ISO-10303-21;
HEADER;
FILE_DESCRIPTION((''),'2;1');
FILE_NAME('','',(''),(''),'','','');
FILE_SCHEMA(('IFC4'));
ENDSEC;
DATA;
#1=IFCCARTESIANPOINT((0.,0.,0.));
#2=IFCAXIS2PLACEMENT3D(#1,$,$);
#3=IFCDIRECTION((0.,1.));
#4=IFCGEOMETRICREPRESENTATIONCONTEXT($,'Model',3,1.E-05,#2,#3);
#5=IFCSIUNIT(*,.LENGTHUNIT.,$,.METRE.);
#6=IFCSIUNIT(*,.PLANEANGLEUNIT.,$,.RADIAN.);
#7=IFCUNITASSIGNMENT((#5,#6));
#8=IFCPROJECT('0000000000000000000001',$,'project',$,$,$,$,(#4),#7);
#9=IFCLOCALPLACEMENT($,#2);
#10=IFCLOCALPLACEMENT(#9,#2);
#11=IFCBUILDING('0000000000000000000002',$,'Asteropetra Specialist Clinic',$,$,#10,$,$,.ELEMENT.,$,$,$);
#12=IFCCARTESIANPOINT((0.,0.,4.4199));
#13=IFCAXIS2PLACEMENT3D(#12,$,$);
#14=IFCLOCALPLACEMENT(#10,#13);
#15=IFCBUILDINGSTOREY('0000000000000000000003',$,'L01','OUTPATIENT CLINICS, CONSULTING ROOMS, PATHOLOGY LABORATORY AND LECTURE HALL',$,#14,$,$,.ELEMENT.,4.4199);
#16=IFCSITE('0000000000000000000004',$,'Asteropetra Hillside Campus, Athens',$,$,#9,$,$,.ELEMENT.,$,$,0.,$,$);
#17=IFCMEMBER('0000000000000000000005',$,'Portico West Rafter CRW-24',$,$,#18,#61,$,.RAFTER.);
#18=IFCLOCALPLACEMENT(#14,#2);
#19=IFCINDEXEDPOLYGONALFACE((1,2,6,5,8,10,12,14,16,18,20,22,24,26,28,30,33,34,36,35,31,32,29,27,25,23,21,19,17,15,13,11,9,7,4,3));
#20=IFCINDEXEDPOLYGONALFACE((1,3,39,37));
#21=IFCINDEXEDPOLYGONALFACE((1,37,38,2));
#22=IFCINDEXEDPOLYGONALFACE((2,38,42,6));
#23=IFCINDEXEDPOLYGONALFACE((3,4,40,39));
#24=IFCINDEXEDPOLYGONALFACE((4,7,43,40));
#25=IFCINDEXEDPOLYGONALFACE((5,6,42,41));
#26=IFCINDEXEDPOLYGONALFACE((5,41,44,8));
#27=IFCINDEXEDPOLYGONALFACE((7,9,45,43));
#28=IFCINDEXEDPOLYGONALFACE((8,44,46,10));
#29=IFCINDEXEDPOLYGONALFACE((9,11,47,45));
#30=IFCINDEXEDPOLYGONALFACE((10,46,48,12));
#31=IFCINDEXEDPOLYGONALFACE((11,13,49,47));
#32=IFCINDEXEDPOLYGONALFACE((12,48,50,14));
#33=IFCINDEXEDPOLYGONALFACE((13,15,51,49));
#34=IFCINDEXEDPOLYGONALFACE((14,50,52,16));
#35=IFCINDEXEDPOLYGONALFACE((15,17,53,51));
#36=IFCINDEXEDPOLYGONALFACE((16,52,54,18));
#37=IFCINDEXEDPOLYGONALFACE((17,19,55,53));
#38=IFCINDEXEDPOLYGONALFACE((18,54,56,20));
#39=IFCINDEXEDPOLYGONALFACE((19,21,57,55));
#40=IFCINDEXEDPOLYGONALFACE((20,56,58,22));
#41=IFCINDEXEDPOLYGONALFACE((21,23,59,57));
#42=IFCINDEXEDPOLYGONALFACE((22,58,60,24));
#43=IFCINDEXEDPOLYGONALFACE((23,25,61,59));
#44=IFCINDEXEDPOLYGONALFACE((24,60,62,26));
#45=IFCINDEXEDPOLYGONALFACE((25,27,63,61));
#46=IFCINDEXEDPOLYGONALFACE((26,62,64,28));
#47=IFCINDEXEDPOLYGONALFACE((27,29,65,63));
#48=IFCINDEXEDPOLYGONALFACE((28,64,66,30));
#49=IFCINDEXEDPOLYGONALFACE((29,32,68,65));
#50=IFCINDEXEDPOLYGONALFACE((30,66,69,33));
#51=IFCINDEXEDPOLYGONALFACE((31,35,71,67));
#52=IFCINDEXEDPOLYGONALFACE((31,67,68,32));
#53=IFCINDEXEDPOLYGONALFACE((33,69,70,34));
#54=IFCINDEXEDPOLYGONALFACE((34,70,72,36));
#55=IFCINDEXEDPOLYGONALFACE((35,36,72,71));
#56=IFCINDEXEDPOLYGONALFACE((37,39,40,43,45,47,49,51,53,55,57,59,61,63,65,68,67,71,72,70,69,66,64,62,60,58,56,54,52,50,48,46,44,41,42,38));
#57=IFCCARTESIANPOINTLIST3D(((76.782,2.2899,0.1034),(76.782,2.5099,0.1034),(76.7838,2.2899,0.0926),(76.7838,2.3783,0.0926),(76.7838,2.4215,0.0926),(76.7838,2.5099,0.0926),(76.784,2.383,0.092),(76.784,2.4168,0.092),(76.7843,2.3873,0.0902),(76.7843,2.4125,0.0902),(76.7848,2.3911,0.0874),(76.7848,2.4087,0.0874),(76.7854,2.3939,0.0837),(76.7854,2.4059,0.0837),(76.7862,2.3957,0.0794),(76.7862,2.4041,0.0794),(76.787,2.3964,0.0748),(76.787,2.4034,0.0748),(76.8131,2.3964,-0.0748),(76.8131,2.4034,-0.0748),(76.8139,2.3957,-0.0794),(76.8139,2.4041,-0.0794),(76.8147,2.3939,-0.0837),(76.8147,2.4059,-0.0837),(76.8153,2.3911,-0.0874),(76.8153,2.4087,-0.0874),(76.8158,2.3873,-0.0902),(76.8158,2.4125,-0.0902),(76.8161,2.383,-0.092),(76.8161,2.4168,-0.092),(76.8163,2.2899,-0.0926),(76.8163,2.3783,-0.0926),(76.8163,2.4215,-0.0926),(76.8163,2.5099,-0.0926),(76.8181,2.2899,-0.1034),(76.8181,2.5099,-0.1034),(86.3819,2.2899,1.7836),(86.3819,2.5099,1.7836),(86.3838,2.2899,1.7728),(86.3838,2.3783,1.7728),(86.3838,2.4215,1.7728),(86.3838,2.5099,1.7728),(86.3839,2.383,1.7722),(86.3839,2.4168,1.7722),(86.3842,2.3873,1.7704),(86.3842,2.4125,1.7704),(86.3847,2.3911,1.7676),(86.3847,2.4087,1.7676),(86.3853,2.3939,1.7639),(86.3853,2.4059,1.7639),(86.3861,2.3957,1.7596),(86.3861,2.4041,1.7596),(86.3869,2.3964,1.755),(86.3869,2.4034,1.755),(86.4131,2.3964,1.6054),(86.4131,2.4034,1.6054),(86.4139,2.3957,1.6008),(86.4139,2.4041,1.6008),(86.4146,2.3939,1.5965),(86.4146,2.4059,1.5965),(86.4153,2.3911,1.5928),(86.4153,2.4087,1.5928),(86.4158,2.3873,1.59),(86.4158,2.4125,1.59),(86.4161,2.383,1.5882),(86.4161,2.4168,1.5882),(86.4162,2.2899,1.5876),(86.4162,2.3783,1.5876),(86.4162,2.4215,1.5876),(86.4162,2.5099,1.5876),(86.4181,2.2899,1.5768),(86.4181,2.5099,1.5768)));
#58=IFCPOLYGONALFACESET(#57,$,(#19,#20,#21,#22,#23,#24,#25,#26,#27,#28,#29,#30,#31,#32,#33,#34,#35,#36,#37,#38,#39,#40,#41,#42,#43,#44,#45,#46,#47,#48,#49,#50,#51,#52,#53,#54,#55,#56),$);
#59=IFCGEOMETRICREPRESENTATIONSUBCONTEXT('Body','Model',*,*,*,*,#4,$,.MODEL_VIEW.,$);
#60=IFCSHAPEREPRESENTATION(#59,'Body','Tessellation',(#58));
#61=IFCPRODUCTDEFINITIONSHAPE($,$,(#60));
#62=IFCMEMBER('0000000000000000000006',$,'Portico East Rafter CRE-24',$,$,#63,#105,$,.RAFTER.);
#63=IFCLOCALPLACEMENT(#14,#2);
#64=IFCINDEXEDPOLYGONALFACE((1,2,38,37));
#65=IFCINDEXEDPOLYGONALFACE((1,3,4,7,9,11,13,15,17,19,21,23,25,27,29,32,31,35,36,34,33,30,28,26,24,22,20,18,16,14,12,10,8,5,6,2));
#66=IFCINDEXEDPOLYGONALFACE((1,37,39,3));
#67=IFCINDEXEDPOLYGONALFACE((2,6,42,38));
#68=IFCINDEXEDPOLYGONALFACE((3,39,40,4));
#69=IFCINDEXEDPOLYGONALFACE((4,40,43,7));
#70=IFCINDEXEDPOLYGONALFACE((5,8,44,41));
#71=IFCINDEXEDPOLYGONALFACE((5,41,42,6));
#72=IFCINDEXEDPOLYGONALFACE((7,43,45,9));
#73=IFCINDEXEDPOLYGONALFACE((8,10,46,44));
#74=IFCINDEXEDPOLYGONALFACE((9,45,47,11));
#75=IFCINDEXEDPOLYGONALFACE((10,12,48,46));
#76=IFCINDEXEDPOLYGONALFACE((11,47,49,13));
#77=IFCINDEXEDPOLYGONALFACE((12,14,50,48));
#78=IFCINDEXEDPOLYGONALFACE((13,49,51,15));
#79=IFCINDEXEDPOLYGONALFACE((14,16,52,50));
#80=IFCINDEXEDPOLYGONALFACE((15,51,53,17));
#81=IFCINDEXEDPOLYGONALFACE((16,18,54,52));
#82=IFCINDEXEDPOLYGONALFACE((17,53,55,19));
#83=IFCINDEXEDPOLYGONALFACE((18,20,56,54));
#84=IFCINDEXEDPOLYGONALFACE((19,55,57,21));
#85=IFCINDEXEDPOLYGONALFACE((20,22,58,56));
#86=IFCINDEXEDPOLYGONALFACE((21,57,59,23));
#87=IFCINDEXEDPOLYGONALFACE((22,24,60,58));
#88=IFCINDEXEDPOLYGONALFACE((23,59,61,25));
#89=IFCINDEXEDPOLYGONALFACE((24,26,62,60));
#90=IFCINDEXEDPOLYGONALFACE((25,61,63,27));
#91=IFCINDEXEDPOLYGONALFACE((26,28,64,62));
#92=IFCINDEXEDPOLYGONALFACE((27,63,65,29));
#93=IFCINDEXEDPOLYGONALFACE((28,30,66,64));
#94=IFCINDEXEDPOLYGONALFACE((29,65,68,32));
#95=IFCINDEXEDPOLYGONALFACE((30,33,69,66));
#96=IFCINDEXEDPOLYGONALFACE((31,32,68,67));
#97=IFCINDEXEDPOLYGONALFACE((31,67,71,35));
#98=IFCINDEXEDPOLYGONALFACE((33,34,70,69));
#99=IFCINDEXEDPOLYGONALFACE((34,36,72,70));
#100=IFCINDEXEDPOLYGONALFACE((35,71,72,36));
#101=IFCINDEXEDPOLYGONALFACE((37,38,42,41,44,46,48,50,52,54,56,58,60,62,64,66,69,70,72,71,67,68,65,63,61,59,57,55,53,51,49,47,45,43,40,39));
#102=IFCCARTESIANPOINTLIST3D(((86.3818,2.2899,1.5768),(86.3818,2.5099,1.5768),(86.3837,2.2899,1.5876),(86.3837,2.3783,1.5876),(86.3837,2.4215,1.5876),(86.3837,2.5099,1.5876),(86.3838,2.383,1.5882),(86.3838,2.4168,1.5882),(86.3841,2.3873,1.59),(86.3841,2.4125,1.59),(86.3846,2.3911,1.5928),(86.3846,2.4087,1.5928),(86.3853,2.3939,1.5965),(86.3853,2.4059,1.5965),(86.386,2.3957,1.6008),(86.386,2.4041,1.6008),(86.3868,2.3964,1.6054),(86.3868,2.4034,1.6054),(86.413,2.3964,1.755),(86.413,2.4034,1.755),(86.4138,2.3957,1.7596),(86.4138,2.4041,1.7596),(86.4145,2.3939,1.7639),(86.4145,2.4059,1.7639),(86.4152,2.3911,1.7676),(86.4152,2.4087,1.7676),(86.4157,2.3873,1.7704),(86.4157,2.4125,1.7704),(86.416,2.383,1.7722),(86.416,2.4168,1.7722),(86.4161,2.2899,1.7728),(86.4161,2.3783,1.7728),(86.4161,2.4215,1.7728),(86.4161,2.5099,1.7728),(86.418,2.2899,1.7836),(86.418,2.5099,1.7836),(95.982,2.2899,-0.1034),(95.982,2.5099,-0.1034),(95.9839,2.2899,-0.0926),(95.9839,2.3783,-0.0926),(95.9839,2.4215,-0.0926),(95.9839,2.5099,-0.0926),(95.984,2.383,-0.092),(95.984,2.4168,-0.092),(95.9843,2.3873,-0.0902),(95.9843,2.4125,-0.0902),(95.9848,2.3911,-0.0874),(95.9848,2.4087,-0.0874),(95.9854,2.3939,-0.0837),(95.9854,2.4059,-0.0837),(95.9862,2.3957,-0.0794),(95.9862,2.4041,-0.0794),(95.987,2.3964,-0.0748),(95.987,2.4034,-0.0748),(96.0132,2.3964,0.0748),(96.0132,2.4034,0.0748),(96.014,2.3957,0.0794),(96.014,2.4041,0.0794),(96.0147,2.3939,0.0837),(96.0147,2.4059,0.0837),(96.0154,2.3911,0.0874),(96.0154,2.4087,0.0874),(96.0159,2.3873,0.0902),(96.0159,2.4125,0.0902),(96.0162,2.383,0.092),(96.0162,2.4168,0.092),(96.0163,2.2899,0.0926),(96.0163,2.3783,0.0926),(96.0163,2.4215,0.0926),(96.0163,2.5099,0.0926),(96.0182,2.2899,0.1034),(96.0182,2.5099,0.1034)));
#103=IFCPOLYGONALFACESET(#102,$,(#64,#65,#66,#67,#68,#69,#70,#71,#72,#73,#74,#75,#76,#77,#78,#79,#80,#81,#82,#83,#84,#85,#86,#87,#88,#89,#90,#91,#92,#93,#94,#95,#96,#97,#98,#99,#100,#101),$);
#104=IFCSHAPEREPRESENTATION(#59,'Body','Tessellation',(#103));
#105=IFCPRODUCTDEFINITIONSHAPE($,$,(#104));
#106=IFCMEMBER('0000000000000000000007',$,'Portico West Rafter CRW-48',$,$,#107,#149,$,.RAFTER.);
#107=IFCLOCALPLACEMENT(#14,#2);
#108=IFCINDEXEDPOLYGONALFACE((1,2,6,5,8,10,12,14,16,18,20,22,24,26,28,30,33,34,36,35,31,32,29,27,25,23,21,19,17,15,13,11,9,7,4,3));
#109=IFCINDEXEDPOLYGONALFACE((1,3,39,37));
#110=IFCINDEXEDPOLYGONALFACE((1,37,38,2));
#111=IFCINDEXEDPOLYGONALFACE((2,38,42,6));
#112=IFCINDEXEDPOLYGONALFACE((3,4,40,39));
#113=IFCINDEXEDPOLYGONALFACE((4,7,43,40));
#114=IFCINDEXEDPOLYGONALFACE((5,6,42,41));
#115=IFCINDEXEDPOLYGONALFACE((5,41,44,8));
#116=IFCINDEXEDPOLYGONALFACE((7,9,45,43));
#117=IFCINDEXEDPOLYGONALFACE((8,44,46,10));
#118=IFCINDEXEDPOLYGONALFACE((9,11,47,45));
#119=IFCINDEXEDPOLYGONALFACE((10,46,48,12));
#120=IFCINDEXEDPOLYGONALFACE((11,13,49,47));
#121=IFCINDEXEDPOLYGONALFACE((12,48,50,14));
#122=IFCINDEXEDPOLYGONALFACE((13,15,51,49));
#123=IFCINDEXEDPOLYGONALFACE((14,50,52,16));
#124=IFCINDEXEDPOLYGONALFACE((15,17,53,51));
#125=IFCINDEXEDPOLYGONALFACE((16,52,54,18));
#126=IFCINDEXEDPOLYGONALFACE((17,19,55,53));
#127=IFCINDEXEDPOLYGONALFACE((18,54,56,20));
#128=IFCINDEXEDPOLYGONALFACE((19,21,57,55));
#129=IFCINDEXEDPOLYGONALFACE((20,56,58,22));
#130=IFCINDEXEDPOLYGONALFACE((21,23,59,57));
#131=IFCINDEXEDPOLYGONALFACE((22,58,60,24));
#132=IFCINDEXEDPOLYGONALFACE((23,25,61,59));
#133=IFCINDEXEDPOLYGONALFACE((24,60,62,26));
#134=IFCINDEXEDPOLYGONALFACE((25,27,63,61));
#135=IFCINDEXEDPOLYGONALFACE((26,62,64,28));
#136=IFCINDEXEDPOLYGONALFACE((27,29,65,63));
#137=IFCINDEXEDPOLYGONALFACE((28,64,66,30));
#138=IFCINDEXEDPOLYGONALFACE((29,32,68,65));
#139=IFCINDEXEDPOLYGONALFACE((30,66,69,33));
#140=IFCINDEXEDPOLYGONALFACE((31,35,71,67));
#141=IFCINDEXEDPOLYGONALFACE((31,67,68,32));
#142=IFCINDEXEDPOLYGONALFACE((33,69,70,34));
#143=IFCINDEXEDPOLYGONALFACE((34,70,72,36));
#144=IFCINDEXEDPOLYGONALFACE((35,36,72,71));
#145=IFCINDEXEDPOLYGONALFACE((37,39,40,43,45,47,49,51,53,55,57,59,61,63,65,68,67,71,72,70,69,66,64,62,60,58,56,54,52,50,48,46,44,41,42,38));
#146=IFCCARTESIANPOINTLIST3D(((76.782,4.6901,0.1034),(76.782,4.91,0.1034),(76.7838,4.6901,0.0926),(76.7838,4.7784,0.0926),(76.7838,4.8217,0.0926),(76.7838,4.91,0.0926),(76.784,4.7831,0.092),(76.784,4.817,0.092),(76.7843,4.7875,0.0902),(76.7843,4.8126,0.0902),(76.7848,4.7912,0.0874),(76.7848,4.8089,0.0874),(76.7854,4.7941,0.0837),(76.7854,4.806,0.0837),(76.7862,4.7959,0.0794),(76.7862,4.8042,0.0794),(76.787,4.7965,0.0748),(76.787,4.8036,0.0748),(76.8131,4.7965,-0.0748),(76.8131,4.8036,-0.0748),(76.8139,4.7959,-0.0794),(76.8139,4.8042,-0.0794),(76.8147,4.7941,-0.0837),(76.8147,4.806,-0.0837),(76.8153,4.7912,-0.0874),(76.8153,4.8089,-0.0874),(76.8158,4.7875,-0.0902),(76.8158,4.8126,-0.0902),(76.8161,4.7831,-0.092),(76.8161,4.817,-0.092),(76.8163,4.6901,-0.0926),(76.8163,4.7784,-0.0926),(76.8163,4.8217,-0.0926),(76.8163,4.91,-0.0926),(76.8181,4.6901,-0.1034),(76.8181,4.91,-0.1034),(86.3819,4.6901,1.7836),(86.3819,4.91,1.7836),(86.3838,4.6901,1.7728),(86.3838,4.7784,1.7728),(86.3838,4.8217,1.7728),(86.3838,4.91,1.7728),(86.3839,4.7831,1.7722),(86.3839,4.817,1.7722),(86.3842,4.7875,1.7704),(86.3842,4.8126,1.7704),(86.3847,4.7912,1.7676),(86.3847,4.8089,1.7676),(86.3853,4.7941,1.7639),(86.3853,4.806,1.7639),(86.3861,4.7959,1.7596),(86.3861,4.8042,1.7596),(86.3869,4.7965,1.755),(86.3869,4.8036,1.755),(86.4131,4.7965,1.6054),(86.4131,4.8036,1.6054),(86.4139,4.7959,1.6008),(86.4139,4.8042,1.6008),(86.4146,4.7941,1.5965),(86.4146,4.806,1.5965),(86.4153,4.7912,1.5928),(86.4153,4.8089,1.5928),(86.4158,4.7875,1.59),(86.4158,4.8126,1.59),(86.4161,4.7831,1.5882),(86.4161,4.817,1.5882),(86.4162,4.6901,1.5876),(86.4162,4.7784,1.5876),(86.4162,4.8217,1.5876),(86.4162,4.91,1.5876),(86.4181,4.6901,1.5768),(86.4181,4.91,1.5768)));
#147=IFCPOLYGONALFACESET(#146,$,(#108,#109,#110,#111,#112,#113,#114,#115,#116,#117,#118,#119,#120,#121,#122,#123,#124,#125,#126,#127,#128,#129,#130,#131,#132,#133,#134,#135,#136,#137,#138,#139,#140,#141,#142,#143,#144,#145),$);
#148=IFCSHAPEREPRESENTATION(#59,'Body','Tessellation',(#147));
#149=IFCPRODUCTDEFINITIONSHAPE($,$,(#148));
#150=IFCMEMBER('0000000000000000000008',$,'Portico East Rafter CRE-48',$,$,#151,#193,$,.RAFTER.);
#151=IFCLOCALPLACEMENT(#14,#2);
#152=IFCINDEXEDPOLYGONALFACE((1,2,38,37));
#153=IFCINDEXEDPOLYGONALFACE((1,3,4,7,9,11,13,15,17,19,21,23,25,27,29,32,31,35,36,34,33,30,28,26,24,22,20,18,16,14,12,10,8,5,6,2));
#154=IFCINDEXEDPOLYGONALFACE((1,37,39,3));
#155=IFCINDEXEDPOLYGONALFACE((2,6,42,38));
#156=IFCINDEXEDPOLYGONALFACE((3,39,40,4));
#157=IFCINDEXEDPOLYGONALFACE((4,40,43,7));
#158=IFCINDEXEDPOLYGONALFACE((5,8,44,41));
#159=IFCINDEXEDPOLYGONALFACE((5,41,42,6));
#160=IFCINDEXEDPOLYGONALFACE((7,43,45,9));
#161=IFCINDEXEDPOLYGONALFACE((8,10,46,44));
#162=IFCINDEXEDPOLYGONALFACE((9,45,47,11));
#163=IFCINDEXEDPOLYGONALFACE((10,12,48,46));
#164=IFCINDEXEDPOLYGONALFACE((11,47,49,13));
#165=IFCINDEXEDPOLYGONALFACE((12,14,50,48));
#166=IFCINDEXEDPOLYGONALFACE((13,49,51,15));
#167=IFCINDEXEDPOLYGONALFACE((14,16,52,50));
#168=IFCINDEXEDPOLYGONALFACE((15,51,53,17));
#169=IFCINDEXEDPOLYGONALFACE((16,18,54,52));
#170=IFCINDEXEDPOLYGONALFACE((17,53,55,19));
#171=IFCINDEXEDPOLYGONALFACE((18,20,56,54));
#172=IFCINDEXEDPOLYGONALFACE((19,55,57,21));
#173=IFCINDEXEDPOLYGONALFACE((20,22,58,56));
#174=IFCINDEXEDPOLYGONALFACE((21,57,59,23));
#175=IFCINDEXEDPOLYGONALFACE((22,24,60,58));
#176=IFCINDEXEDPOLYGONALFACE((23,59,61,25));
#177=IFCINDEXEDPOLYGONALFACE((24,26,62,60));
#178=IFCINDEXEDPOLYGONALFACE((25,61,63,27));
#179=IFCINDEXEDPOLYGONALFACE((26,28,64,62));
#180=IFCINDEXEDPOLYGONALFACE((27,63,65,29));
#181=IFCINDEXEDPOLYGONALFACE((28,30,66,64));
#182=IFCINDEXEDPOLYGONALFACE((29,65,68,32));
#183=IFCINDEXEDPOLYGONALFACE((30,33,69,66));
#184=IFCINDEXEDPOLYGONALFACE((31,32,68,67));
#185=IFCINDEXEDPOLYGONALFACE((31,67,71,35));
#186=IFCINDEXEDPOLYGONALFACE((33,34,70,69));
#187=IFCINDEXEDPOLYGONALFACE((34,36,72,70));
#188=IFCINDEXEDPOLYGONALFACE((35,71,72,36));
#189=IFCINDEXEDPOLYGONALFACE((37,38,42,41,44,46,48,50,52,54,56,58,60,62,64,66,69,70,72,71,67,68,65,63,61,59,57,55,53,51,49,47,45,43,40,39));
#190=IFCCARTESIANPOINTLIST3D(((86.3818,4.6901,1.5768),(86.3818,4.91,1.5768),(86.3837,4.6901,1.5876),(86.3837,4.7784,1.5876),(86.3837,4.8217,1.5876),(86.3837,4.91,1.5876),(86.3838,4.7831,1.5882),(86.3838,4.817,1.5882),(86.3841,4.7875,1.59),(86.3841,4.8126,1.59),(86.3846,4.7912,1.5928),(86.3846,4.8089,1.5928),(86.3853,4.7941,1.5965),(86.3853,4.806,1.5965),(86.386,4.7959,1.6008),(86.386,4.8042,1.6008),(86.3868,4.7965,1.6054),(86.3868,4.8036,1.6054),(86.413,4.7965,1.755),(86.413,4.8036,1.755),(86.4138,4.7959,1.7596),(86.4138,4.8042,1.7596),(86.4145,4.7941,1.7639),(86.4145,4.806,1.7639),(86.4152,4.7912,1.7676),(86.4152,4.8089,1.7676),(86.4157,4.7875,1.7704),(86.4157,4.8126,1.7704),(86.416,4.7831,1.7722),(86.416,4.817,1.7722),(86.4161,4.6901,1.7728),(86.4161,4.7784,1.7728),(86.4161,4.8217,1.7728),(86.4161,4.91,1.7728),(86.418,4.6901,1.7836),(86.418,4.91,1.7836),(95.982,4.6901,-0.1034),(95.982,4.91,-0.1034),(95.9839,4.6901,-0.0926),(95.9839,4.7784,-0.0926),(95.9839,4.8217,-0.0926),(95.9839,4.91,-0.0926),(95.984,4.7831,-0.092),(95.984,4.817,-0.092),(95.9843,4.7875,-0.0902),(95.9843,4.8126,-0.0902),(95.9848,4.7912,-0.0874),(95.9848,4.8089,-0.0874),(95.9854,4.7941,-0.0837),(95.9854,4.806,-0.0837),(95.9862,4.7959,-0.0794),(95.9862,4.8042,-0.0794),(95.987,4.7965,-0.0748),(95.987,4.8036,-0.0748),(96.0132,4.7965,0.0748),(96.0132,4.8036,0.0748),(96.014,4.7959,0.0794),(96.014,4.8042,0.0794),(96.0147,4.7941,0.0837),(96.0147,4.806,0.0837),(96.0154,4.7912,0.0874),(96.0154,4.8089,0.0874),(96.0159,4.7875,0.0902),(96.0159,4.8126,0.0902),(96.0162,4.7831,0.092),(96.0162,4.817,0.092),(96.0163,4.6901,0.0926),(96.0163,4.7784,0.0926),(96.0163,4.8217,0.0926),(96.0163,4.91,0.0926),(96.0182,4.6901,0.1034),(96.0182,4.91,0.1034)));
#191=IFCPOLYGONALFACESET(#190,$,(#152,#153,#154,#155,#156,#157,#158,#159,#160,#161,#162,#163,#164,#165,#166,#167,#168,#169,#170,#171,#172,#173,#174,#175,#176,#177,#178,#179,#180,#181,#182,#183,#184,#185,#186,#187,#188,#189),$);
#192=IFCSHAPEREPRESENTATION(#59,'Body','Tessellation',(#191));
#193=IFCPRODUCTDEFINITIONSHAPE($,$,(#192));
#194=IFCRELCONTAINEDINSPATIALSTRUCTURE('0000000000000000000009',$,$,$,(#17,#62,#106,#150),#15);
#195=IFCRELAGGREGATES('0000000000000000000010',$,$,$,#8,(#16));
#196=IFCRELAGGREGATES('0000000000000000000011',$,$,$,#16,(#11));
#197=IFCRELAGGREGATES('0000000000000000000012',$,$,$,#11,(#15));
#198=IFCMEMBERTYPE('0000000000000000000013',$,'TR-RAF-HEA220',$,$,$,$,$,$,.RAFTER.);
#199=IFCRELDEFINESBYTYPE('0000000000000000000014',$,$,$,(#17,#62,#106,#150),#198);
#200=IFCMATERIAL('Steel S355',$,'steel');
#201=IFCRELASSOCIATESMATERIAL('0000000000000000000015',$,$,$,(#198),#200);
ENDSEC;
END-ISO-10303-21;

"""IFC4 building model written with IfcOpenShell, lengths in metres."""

from ifc_helpers import new_model, si_unit, direction, frame, origin, origin_2d, place, context, subcontext, project, spatial, i_section, extrude, material, material_profile, profile_set, type_object, element, save


model = new_model("IFC4")

# Units and contexts
model_context = context("Model", 3, precision=1e-05, world=origin(), true_north=direction((0.0, 1.0)))
body_context = subcontext(model_context, "Body", "Model", "MODEL_VIEW")
ifc_project = project(units=[si_unit("LENGTHUNIT", "METRE"), si_unit("PLANEANGLEUNIT", "RADIAN")], contexts=[model_context])

# Site, building, storey
site_placement = place(None, origin())
site = spatial("IfcSite", under=ifc_project, at=site_placement, Name="Asteropetra Hillside Campus, Athens", CompositionType="ELEMENT", RefElevation=0.0)
building_placement = place(site_placement, origin())
building = spatial("IfcBuilding", under=site, at=building_placement, Name="Asteropetra Specialist Clinic", CompositionType="ELEMENT")
storey_placement = place(building_placement, frame((0.0, 0.0, 4.4199)))
storey = spatial("IfcBuildingStorey", under=building, at=storey_placement, Name="L01", Description="OUTPATIENT CLINICS, CONSULTING ROOMS, PATHOLOGY LABORATORY AND LECTURE HALL", CompositionType="ELEMENT", Elevation=4.4199)

# Members
ifc_material_1 = material(Name="Steel S355", Category="steel")
ifc_material_profile_1 = material_profile(ifc_material_1, i_section(OverallWidth=0.22, OverallDepth=0.21, WebThickness=0.0071, FlangeThickness=0.011, FilletRadius=0.0181, at=origin_2d()), Name="HEA 220")
ifc_profile_set_1 = profile_set([ifc_material_profile_1], Name="Steel S355")
member_type = type_object("IfcMemberType", Name="TR-RAF-HEA220", PredefinedType="RAFTER", material=ifc_profile_set_1)
member_1_placement = place(storey_placement, frame((76.8, 2.3999, 0.0), z_axis=(0.985027, 0.0, 0.1724), x_axis=(0.0, 1.0, 0.0)))
element("IfcMember", 1, at=member_1_placement, inside=storey, type_object=member_type, Name="Portico West Rafter CRW-24", PredefinedType="RAFTER", context=body_context, shape_type="SweptSolid", body=[
    extrude(i_section(OverallWidth=0.22, OverallDepth=0.21, WebThickness=0.0071, FlangeThickness=0.011, FilletRadius=0.0181, at=origin_2d()), origin(), (0.0, 0.0, 1.0), 9.7458),
])
member_2_placement = place(storey_placement, frame((86.3999, 2.3999, 1.6802), z_axis=(0.985028, 0.0, -0.172396), x_axis=(0.0, 1.0, 0.0)))
element("IfcMember", 2, at=member_2_placement, inside=storey, type_object=member_type, Name="Portico East Rafter CRE-24", PredefinedType="RAFTER", context=body_context, shape_type="SweptSolid", body=[
    extrude(i_section(OverallWidth=0.22, OverallDepth=0.21, WebThickness=0.0071, FlangeThickness=0.011, FilletRadius=0.0181, at=origin_2d()), origin(), (0.0, 0.0, 1.0), 9.7461),
])
member_3_placement = place(storey_placement, frame((76.8, 4.8, 0.0), z_axis=(0.985027, 0.0, 0.1724), x_axis=(0.0, 1.0, 0.0)))
element("IfcMember", 3, at=member_3_placement, inside=storey, type_object=member_type, Name="Portico West Rafter CRW-48", PredefinedType="RAFTER", context=body_context, shape_type="SweptSolid", body=[
    extrude(i_section(OverallWidth=0.22, OverallDepth=0.21, WebThickness=0.0071, FlangeThickness=0.011, FilletRadius=0.0181, at=origin_2d()), origin(), (0.0, 0.0, 1.0), 9.7458),
])
member_4_placement = place(storey_placement, frame((86.3999, 4.8, 1.6802), z_axis=(0.985028, 0.0, -0.172396), x_axis=(0.0, 1.0, 0.0)))
element("IfcMember", 4, at=member_4_placement, inside=storey, type_object=member_type, Name="Portico East Rafter CRE-48", PredefinedType="RAFTER", context=body_context, shape_type="SweptSolid", body=[
    extrude(i_section(OverallWidth=0.22, OverallDepth=0.21, WebThickness=0.0071, FlangeThickness=0.011, FilletRadius=0.0181, at=origin_2d()), origin(), (0.0, 0.0, 1.0), 9.7461),
])

save(model, "model.ifc")
